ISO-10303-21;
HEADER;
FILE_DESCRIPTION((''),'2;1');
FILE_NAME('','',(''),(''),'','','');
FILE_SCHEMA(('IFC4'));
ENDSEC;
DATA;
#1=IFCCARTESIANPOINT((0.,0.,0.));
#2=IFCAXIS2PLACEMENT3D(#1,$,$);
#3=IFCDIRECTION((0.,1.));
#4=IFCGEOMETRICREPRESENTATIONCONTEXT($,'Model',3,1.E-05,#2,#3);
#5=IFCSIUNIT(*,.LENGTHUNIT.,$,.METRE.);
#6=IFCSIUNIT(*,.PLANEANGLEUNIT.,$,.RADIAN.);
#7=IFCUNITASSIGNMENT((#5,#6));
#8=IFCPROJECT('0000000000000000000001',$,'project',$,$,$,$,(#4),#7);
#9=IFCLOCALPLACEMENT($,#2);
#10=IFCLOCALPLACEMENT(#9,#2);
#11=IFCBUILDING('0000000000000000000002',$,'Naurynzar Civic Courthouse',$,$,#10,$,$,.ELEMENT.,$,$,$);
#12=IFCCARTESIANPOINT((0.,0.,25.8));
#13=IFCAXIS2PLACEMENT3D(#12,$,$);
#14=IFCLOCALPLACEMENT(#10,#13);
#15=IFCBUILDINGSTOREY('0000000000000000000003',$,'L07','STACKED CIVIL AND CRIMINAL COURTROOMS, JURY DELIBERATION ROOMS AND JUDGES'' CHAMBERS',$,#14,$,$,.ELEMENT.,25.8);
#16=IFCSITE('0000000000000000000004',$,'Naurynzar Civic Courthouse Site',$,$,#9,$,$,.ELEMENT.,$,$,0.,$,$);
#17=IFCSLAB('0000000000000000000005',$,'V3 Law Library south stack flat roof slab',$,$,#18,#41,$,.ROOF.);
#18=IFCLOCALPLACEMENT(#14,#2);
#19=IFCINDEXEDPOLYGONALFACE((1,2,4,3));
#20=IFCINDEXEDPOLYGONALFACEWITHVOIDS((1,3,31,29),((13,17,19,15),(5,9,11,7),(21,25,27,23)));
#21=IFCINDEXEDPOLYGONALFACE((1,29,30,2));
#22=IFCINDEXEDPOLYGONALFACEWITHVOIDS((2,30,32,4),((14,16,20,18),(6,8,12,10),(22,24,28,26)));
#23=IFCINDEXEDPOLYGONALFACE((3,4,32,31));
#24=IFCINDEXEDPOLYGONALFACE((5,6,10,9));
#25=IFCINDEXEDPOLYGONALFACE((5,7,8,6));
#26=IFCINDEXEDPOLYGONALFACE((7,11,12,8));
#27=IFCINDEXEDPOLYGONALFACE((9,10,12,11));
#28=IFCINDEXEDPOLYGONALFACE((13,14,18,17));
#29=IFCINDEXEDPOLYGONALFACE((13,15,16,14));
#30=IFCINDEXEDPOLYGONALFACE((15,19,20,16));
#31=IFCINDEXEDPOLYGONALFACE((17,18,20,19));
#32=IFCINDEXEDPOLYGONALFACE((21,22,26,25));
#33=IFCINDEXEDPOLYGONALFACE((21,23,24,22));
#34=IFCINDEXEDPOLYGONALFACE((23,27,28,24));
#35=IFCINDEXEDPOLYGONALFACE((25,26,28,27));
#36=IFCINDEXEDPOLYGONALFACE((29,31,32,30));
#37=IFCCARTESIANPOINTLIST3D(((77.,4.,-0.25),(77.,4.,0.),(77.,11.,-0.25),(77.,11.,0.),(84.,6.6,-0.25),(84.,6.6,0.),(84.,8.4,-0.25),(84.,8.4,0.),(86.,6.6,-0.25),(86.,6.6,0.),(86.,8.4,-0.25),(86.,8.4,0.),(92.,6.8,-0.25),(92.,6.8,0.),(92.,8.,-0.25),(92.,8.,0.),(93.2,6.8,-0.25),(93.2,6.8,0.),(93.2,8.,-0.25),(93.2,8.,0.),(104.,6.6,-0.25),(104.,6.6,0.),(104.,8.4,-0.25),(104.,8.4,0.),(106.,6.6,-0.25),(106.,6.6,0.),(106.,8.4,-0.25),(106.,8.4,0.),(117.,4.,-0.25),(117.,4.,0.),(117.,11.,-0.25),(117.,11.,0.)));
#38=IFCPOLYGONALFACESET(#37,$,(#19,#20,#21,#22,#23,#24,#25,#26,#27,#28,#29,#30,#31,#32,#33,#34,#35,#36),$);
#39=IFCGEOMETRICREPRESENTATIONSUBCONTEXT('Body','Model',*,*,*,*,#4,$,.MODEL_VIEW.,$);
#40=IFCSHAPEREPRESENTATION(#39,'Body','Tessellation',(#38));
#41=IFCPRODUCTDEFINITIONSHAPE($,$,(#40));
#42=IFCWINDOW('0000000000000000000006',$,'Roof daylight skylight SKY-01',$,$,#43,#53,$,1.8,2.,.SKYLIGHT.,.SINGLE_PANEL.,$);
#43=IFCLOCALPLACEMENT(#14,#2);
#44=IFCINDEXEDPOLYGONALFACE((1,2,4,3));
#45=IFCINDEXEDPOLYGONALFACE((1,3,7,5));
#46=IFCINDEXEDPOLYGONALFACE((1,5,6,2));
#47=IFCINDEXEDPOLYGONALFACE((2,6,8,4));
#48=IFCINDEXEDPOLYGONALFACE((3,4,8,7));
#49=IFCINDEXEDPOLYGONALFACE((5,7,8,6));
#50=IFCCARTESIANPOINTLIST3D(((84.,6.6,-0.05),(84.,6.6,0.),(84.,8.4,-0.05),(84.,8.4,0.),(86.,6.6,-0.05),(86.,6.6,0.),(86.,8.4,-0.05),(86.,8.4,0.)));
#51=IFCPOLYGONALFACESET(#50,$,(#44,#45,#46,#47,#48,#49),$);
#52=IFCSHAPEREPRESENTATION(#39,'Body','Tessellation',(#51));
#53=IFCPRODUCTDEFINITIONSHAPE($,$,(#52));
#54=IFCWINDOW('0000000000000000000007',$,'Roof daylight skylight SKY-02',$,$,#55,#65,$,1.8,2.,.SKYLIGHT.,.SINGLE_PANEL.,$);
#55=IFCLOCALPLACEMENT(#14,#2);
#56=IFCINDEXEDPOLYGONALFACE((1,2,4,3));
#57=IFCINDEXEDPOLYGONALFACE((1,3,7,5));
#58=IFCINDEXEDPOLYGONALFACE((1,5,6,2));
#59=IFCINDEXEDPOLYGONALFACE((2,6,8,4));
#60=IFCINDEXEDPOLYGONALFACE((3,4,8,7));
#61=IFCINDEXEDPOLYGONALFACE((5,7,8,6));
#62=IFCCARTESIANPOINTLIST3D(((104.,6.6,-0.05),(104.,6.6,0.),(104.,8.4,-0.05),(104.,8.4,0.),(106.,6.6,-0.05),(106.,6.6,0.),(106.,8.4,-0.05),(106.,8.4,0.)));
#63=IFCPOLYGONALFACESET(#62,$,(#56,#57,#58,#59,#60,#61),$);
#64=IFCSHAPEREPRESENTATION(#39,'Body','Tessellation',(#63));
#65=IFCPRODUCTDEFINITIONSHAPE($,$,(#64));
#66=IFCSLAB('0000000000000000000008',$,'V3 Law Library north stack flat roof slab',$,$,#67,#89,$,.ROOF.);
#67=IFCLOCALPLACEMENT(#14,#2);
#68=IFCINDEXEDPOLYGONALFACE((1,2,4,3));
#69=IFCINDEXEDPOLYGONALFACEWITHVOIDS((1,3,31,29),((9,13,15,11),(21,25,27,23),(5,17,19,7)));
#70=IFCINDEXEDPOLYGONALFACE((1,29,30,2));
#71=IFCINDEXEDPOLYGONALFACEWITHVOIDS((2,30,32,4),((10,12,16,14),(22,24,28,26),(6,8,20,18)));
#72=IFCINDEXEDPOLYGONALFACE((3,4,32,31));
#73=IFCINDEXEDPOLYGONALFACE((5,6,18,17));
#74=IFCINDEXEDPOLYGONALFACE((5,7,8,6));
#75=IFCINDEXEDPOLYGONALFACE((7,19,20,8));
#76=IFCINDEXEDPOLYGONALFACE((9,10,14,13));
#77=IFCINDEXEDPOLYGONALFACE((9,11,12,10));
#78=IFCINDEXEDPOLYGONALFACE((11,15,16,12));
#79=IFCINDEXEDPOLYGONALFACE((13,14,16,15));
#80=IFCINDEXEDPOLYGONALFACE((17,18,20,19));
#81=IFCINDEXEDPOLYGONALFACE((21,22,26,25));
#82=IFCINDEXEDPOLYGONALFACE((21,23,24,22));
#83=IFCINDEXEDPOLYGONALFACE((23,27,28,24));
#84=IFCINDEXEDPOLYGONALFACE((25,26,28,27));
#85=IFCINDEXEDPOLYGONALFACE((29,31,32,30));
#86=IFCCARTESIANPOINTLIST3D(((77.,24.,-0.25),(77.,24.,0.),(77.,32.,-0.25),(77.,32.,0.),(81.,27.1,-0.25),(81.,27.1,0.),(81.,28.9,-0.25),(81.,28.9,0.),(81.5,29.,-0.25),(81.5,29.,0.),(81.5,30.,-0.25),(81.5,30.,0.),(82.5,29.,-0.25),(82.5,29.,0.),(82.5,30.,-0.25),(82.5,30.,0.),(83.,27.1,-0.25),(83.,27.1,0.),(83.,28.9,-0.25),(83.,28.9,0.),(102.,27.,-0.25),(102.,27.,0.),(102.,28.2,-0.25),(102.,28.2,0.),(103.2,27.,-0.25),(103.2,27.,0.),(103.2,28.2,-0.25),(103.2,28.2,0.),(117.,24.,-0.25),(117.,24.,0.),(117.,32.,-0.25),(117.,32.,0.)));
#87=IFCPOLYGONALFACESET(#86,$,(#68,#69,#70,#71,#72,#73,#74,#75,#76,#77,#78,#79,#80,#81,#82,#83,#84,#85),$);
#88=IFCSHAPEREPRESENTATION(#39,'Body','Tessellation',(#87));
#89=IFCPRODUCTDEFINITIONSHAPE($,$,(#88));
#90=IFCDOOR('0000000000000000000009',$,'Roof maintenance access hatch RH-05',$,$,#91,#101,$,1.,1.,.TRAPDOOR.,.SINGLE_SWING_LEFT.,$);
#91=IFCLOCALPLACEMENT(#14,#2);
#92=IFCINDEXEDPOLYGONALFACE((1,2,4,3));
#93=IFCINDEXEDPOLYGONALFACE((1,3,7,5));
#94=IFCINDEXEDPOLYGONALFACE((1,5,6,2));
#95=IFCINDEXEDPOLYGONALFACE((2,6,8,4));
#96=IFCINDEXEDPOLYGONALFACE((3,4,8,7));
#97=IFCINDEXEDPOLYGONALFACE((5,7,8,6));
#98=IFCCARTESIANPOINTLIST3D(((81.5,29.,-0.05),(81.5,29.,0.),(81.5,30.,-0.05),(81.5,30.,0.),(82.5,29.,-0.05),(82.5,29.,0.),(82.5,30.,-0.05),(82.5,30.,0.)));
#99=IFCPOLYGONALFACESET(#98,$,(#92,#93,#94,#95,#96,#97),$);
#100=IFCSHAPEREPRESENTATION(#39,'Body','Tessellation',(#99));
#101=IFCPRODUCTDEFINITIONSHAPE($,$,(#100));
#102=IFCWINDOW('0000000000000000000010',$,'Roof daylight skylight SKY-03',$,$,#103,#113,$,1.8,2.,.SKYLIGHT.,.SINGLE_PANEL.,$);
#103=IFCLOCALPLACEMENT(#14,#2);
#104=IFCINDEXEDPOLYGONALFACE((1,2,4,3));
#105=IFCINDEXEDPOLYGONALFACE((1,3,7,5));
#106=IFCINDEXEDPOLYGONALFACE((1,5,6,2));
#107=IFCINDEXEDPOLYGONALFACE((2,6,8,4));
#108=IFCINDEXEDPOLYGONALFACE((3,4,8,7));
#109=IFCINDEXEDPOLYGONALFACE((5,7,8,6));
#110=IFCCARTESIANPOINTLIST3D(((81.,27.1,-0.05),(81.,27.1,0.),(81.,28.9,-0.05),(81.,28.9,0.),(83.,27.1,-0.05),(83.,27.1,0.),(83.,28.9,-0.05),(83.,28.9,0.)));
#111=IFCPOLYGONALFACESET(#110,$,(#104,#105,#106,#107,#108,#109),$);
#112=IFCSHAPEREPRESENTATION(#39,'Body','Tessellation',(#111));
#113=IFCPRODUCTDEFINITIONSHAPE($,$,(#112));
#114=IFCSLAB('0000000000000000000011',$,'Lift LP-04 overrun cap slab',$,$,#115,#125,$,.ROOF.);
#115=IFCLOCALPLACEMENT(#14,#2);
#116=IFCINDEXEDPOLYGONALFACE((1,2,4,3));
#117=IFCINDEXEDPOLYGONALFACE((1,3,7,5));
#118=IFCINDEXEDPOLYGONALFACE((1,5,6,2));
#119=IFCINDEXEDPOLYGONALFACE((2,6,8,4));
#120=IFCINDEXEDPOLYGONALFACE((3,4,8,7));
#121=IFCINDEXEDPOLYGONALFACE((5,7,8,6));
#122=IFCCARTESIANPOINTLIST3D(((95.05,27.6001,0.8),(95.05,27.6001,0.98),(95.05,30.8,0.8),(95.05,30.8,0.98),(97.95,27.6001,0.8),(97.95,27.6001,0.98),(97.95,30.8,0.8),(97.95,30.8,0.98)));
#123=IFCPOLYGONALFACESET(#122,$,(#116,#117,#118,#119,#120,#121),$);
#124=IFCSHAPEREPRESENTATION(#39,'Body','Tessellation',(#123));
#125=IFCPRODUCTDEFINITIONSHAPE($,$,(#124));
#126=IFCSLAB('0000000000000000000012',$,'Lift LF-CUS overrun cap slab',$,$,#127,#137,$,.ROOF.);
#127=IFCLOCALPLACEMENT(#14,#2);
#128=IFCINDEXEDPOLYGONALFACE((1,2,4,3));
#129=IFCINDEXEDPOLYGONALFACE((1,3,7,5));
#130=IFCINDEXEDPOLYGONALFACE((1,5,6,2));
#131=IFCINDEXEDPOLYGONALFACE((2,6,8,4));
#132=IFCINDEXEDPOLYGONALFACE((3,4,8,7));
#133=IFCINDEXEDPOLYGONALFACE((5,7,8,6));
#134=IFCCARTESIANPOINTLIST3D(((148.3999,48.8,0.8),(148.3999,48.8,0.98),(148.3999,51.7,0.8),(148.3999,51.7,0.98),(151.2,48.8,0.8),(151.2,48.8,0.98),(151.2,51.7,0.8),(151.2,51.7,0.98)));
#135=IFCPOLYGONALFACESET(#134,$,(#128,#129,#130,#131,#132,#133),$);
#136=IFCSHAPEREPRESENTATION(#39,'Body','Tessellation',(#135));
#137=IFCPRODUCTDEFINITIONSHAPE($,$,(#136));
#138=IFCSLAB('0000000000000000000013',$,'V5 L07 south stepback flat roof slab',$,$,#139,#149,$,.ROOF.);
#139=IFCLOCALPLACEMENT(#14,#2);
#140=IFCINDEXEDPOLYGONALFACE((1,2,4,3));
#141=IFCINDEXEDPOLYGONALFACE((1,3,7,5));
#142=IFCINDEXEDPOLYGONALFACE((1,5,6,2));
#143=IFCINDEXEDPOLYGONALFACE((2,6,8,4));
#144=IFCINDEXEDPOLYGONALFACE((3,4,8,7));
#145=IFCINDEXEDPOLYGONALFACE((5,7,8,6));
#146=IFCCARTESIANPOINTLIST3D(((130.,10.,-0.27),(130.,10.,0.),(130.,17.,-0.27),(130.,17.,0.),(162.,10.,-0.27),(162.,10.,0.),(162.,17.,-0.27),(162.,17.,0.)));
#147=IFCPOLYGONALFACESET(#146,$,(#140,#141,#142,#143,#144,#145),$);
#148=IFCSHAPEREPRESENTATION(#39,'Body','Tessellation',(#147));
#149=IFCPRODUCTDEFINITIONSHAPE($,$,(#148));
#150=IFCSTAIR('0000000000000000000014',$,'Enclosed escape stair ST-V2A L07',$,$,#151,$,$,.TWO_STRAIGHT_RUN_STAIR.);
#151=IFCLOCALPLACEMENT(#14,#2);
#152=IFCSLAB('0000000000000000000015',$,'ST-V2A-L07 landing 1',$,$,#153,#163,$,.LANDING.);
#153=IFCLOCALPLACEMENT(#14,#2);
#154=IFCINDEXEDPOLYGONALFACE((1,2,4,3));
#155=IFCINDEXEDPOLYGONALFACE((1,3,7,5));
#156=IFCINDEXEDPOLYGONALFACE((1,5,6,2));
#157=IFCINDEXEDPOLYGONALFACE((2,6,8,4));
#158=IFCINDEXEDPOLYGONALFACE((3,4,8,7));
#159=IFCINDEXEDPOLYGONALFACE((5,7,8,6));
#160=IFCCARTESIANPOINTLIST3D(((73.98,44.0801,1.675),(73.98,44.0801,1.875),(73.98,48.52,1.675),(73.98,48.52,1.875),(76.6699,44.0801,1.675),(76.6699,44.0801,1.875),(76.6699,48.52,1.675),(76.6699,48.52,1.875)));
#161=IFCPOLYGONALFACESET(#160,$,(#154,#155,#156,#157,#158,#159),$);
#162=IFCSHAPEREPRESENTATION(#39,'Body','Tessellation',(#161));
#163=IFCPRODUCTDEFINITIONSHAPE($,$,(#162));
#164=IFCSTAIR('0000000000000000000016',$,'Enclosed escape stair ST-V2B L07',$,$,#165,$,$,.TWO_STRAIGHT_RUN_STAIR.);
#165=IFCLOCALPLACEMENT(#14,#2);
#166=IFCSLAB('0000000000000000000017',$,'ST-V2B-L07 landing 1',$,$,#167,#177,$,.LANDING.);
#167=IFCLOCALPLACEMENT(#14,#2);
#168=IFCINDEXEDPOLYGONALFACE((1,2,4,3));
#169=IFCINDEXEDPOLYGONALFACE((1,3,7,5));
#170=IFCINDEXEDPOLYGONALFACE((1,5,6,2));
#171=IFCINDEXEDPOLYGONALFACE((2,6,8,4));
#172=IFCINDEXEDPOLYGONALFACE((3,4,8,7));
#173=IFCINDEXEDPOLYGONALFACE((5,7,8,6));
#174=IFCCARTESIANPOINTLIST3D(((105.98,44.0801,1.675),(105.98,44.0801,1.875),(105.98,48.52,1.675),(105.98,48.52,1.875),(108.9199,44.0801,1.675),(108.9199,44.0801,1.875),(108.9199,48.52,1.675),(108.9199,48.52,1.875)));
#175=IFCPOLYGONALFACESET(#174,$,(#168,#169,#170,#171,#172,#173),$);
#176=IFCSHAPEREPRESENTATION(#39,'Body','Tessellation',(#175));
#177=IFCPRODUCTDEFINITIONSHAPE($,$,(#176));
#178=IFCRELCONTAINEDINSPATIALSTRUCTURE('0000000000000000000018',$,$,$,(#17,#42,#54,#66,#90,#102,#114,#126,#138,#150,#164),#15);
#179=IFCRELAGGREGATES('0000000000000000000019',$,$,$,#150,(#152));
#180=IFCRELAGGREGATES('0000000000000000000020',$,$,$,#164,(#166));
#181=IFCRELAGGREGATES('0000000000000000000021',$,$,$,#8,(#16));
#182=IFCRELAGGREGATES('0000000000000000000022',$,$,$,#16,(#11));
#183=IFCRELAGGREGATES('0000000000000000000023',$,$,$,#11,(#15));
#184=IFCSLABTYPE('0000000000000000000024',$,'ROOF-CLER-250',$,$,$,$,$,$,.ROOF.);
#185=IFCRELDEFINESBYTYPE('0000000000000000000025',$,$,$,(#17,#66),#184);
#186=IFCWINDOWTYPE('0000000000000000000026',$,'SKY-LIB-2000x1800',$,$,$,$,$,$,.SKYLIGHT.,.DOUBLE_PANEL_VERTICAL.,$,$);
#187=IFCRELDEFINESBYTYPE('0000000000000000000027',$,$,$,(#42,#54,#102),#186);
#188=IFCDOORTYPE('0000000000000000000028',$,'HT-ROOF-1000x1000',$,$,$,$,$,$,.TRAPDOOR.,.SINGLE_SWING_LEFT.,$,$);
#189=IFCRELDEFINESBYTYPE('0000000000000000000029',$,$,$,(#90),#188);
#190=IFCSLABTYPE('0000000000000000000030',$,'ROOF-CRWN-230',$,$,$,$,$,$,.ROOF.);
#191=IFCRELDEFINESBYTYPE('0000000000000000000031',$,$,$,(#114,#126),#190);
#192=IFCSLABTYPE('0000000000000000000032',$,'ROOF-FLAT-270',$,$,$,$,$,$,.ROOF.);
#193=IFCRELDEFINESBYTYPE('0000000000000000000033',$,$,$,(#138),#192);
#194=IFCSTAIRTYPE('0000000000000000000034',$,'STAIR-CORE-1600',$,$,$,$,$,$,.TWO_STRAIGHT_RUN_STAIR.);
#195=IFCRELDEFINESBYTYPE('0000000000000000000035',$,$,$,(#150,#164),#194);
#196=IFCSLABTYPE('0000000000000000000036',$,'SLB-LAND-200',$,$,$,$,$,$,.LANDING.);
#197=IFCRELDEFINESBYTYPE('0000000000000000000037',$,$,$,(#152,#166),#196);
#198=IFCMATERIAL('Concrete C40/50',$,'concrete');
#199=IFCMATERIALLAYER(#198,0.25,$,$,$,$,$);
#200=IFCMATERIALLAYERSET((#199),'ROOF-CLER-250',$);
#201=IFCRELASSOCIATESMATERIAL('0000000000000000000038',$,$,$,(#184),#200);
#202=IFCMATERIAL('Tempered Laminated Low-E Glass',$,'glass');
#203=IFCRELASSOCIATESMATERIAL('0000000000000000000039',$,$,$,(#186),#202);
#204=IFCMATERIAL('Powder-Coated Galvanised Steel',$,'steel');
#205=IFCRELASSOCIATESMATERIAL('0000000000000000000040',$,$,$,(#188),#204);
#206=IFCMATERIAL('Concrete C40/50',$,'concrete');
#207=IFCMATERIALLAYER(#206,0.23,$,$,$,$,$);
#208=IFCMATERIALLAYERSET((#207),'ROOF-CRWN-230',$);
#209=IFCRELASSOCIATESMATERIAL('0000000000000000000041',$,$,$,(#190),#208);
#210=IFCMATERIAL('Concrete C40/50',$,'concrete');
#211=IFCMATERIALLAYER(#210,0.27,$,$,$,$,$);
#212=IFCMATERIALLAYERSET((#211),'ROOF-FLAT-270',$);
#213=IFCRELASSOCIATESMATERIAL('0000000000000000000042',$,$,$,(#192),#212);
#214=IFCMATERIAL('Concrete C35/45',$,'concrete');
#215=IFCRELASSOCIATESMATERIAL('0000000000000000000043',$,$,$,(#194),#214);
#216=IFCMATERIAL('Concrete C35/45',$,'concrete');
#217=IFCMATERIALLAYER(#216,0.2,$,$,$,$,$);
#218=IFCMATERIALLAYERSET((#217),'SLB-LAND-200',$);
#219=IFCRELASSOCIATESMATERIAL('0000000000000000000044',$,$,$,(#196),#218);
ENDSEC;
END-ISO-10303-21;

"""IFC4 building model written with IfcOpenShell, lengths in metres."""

from ifc_helpers import new_model, si_unit, direction, frame, origin, origin_2d, place, context, subcontext, project, spatial, polyline, rectangle, outline, extrude, material, layer, layer_set, type_object, element, fill, aggregate, save


model = new_model("IFC4")

# Units and contexts
model_context = context("Model", 3, precision=1e-05, world=origin(), true_north=direction((0.0, 1.0)))
body_context = subcontext(model_context, "Body", "Model", "MODEL_VIEW")
ifc_project = project(units=[si_unit("LENGTHUNIT", "METRE"), si_unit("PLANEANGLEUNIT", "RADIAN")], contexts=[model_context])

# Site, building, storey
site_placement = place(None, origin())
site = spatial("IfcSite", under=ifc_project, at=site_placement, Name="Naurynzar Civic Courthouse Site", CompositionType="ELEMENT", RefElevation=0.0)
building_placement = place(site_placement, origin())
building = spatial("IfcBuilding", under=site, at=building_placement, Name="Naurynzar Civic Courthouse", CompositionType="ELEMENT")
storey_placement = place(building_placement, frame((0.0, 0.0, 25.8)))
storey = spatial("IfcBuildingStorey", under=building, at=storey_placement, Name="L07", Description="STACKED CIVIL AND CRIMINAL COURTROOMS, JURY DELIBERATION ROOMS AND JUDGES' CHAMBERS", CompositionType="ELEMENT", Elevation=25.8)

# Slab, openings, windows
ifc_material_1 = material(Name="Concrete C40/50", Category="concrete")
ifc_layer_1 = layer(ifc_material_1, 0.25)
ifc_layer_set_1 = layer_set([ifc_layer_1], Name="ROOF-CLER-250")
slab_type_1 = type_object("IfcSlabType", Name="ROOF-CLER-250", PredefinedType="ROOF", material=ifc_layer_set_1)
slab_1_placement = place(storey_placement, frame((0.0, 0.0, -0.25)))
slab_1 = element("IfcSlab", 1, at=slab_1_placement, inside=storey, type_object=slab_type_1, Name="V3 Law Library south stack flat roof slab", PredefinedType="ROOF", context=body_context, shape_type="SweptSolid", body=[
    extrude(outline(polyline([(77.0, 4.0), (117.0, 4.0), (117.0, 11.0), (77.0, 11.0), (77.0, 4.0)]), holes=[polyline([(92.0, 6.8), (93.2, 6.8), (93.2, 8.0), (92.0, 8.0), (92.0, 6.8)])]), origin(), (0.0, 0.0, 1.0), 0.25),
])
opening_1_placement = place(slab_1_placement, frame((85.0, 7.5, 0.0)))
opening_1 = element("IfcOpeningElement", 2, at=opening_1_placement, cuts=slab_1, PredefinedType="OPENING", context=body_context, shape_type="SweptSolid", body=[
    extrude(rectangle(XDim=2.0, YDim=1.8, at=origin_2d()), origin(), (0.0, 0.0, 1.0), 0.25),
])
opening_2_placement = place(slab_1_placement, frame((105.0, 7.5, 0.0)))
opening_2 = element("IfcOpeningElement", 3, at=opening_2_placement, cuts=slab_1, PredefinedType="OPENING", context=body_context, shape_type="SweptSolid", body=[
    extrude(rectangle(XDim=2.0, YDim=1.8, at=origin_2d()), origin(), (0.0, 0.0, 1.0), 0.25),
])
ifc_material_2 = material(Name="Tempered Laminated Low-E Glass", Category="glass")
window_type = type_object("IfcWindowType", Name="SKY-LIB-2000x1800", PartitioningType="DOUBLE_PANEL_VERTICAL", PredefinedType="SKYLIGHT", material=ifc_material_2)
window_1_placement = place(opening_1_placement, frame((0.0, 0.0, 0.2)))
window_1 = element("IfcWindow", 4, at=window_1_placement, inside=storey, type_object=window_type, Name="Roof daylight skylight SKY-01", OverallHeight=1.8, OverallWidth=2.0, PartitioningType="SINGLE_PANEL", PredefinedType="SKYLIGHT", context=body_context, shape_type="SweptSolid", body=[
    extrude(rectangle(XDim=2.0, YDim=1.8, at=origin_2d()), origin(), (0.0, 0.0, 1.0), 0.05),
])
fill(opening_1, window_1)
window_2_placement = place(opening_2_placement, frame((0.0, 0.0, 0.2)))
window_2 = element("IfcWindow", 5, at=window_2_placement, inside=storey, type_object=window_type, Name="Roof daylight skylight SKY-02", OverallHeight=1.8, OverallWidth=2.0, PartitioningType="SINGLE_PANEL", PredefinedType="SKYLIGHT", context=body_context, shape_type="SweptSolid", body=[
    extrude(rectangle(XDim=2.0, YDim=1.8, at=origin_2d()), origin(), (0.0, 0.0, 1.0), 0.05),
])
fill(opening_2, window_2)

# Slab, openings, door, window
slab_2_placement = place(storey_placement, frame((0.0, 0.0, -0.25)))
slab_2 = element("IfcSlab", 6, at=slab_2_placement, inside=storey, type_object=slab_type_1, Name="V3 Law Library north stack flat roof slab", PredefinedType="ROOF", context=body_context, shape_type="SweptSolid", body=[
    extrude(outline(polyline([(77.0, 24.0), (117.0, 24.0), (117.0, 32.0), (77.0, 32.0), (77.0, 24.0)]), holes=[polyline([(102.0, 27.0), (103.2, 27.0), (103.2, 28.2), (102.0, 28.2), (102.0, 27.0)])]), origin(), (0.0, 0.0, 1.0), 0.25),
])
opening_3_placement = place(slab_2_placement, frame((82.0, 28.0, 0.0)))
opening_3 = element("IfcOpeningElement", 7, at=opening_3_placement, cuts=slab_2, PredefinedType="OPENING", context=body_context, shape_type="SweptSolid", body=[
    extrude(rectangle(XDim=2.0, YDim=1.8, at=origin_2d()), origin(), (0.0, 0.0, 1.0), 0.25),
])
opening_4_placement = place(slab_2_placement, frame((82.0, 29.5, 0.0)))
opening_4 = element("IfcOpeningElement", 8, at=opening_4_placement, cuts=slab_2, PredefinedType="OPENING", context=body_context, shape_type="SweptSolid", body=[
    extrude(rectangle(XDim=1.0, YDim=1.0, at=origin_2d()), origin(), (0.0, 0.0, 1.0), 0.25),
])
ifc_material_3 = material(Name="Powder-Coated Galvanised Steel", Category="steel")
door_type = type_object("IfcDoorType", Name="HT-ROOF-1000x1000", OperationType="SINGLE_SWING_LEFT", PredefinedType="TRAPDOOR", material=ifc_material_3)
door_placement = place(opening_4_placement, frame((0.0, 0.0, 0.2)))
door = element("IfcDoor", 9, at=door_placement, inside=storey, type_object=door_type, Name="Roof maintenance access hatch RH-05", OperationType="SINGLE_SWING_LEFT", OverallHeight=1.0, OverallWidth=1.0, PredefinedType="TRAPDOOR", context=body_context, shape_type="SweptSolid", body=[
    extrude(rectangle(XDim=1.0, YDim=1.0, at=origin_2d()), origin(), (0.0, 0.0, 1.0), 0.05),
])
fill(opening_4, door)
window_3_placement = place(opening_3_placement, frame((0.0, 0.0, 0.2)))
window_3 = element("IfcWindow", 10, at=window_3_placement, inside=storey, type_object=window_type, Name="Roof daylight skylight SKY-03", OverallHeight=1.8, OverallWidth=2.0, PartitioningType="SINGLE_PANEL", PredefinedType="SKYLIGHT", context=body_context, shape_type="SweptSolid", body=[
    extrude(rectangle(XDim=2.0, YDim=1.8, at=origin_2d()), origin(), (0.0, 0.0, 1.0), 0.05),
])
fill(opening_3, window_3)

# Slabs
ifc_material_4 = material(Name="Concrete C40/50", Category="concrete")
ifc_layer_2 = layer(ifc_material_4, 0.23)
ifc_layer_set_2 = layer_set([ifc_layer_2], Name="ROOF-CRWN-230")
slab_type_2 = type_object("IfcSlabType", Name="ROOF-CRWN-230", PredefinedType="ROOF", material=ifc_layer_set_2)
slab_3_placement = place(storey_placement, frame((0.0, 0.0, 0.8)))
element("IfcSlab", 11, at=slab_3_placement, inside=storey, type_object=slab_type_2, Name="Lift LP-04 overrun cap slab", PredefinedType="ROOF", context=body_context, shape_type="SweptSolid", body=[
    extrude(outline(polyline([(95.05, 27.6001), (97.95, 27.6001), (97.95, 30.8), (95.05, 30.8), (95.05, 27.6001)])), origin(), (0.0, 0.0, 1.0), 0.1799),
])
slab_4_placement = place(storey_placement, frame((0.0, 0.0, 0.8)))
element("IfcSlab", 12, at=slab_4_placement, inside=storey, type_object=slab_type_2, Name="Lift LF-CUS overrun cap slab", PredefinedType="ROOF", context=body_context, shape_type="SweptSolid", body=[
    extrude(outline(polyline([(148.3999, 48.8), (151.2, 48.8), (151.2, 51.7), (148.3999, 51.7), (148.3999, 48.8)])), origin(), (0.0, 0.0, 1.0), 0.1799),
])
ifc_material_5 = material(Name="Concrete C40/50", Category="concrete")
ifc_layer_3 = layer(ifc_material_5, 0.27)
ifc_layer_set_3 = layer_set([ifc_layer_3], Name="ROOF-FLAT-270")
slab_type_3 = type_object("IfcSlabType", Name="ROOF-FLAT-270", PredefinedType="ROOF", material=ifc_layer_set_3)
slab_5_placement = place(storey_placement, frame((0.0, 0.0, -0.27)))
element("IfcSlab", 13, at=slab_5_placement, inside=storey, type_object=slab_type_3, Name="V5 L07 south stepback flat roof slab", PredefinedType="ROOF", context=body_context, shape_type="SweptSolid", body=[
    extrude(outline(polyline([(130.0, 10.0), (162.0, 10.0), (162.0, 17.0), (130.0, 17.0), (130.0, 10.0)])), origin(), (0.0, 0.0, 1.0), 0.27),
])

# Stairs, slabs
ifc_material_6 = material(Name="Concrete C35/45", Category="concrete")
stair_type = type_object("IfcStairType", Name="STAIR-CORE-1600", PredefinedType="TWO_STRAIGHT_RUN_STAIR", material=ifc_material_6)
stair_1_placement = place(storey_placement, origin())
stair_1 = element("IfcStair", 14, at=stair_1_placement, inside=storey, type_object=stair_type, Name="Enclosed escape stair ST-V2A L07", PredefinedType="TWO_STRAIGHT_RUN_STAIR")
ifc_material_7 = material(Name="Concrete C35/45", Category="concrete")
ifc_layer_4 = layer(ifc_material_7, 0.2)
ifc_layer_set_4 = layer_set([ifc_layer_4], Name="SLB-LAND-200")
slab_type_4 = type_object("IfcSlabType", Name="SLB-LAND-200", PredefinedType="LANDING", material=ifc_layer_set_4)
slab_6_placement = place(storey_placement, frame((0.0, 0.0, 1.675)))
slab_6 = element("IfcSlab", 15, at=slab_6_placement, type_object=slab_type_4, Name="ST-V2A-L07 landing 1", PredefinedType="LANDING", context=body_context, shape_type="SweptSolid", body=[
    extrude(outline(polyline([(73.98, 44.0801), (76.6699, 44.0801), (76.6699, 48.52), (73.98, 48.52), (73.98, 44.0801)])), origin(), (0.0, 0.0, 1.0), 0.2),
])
aggregate(stair_1, [slab_6])
stair_2_placement = place(storey_placement, origin())
stair_2 = element("IfcStair", 16, at=stair_2_placement, inside=storey, type_object=stair_type, Name="Enclosed escape stair ST-V2B L07", PredefinedType="TWO_STRAIGHT_RUN_STAIR")
slab_7_placement = place(storey_placement, frame((0.0, 0.0, 1.675)))
slab_7 = element("IfcSlab", 17, at=slab_7_placement, type_object=slab_type_4, Name="ST-V2B-L07 landing 1", PredefinedType="LANDING", context=body_context, shape_type="SweptSolid", body=[
    extrude(outline(polyline([(105.98, 44.0801), (108.9199, 44.0801), (108.9199, 48.52), (105.98, 48.52), (105.98, 44.0801)])), origin(), (0.0, 0.0, 1.0), 0.2),
])
aggregate(stair_2, [slab_7])

save(model, "model.ifc")
